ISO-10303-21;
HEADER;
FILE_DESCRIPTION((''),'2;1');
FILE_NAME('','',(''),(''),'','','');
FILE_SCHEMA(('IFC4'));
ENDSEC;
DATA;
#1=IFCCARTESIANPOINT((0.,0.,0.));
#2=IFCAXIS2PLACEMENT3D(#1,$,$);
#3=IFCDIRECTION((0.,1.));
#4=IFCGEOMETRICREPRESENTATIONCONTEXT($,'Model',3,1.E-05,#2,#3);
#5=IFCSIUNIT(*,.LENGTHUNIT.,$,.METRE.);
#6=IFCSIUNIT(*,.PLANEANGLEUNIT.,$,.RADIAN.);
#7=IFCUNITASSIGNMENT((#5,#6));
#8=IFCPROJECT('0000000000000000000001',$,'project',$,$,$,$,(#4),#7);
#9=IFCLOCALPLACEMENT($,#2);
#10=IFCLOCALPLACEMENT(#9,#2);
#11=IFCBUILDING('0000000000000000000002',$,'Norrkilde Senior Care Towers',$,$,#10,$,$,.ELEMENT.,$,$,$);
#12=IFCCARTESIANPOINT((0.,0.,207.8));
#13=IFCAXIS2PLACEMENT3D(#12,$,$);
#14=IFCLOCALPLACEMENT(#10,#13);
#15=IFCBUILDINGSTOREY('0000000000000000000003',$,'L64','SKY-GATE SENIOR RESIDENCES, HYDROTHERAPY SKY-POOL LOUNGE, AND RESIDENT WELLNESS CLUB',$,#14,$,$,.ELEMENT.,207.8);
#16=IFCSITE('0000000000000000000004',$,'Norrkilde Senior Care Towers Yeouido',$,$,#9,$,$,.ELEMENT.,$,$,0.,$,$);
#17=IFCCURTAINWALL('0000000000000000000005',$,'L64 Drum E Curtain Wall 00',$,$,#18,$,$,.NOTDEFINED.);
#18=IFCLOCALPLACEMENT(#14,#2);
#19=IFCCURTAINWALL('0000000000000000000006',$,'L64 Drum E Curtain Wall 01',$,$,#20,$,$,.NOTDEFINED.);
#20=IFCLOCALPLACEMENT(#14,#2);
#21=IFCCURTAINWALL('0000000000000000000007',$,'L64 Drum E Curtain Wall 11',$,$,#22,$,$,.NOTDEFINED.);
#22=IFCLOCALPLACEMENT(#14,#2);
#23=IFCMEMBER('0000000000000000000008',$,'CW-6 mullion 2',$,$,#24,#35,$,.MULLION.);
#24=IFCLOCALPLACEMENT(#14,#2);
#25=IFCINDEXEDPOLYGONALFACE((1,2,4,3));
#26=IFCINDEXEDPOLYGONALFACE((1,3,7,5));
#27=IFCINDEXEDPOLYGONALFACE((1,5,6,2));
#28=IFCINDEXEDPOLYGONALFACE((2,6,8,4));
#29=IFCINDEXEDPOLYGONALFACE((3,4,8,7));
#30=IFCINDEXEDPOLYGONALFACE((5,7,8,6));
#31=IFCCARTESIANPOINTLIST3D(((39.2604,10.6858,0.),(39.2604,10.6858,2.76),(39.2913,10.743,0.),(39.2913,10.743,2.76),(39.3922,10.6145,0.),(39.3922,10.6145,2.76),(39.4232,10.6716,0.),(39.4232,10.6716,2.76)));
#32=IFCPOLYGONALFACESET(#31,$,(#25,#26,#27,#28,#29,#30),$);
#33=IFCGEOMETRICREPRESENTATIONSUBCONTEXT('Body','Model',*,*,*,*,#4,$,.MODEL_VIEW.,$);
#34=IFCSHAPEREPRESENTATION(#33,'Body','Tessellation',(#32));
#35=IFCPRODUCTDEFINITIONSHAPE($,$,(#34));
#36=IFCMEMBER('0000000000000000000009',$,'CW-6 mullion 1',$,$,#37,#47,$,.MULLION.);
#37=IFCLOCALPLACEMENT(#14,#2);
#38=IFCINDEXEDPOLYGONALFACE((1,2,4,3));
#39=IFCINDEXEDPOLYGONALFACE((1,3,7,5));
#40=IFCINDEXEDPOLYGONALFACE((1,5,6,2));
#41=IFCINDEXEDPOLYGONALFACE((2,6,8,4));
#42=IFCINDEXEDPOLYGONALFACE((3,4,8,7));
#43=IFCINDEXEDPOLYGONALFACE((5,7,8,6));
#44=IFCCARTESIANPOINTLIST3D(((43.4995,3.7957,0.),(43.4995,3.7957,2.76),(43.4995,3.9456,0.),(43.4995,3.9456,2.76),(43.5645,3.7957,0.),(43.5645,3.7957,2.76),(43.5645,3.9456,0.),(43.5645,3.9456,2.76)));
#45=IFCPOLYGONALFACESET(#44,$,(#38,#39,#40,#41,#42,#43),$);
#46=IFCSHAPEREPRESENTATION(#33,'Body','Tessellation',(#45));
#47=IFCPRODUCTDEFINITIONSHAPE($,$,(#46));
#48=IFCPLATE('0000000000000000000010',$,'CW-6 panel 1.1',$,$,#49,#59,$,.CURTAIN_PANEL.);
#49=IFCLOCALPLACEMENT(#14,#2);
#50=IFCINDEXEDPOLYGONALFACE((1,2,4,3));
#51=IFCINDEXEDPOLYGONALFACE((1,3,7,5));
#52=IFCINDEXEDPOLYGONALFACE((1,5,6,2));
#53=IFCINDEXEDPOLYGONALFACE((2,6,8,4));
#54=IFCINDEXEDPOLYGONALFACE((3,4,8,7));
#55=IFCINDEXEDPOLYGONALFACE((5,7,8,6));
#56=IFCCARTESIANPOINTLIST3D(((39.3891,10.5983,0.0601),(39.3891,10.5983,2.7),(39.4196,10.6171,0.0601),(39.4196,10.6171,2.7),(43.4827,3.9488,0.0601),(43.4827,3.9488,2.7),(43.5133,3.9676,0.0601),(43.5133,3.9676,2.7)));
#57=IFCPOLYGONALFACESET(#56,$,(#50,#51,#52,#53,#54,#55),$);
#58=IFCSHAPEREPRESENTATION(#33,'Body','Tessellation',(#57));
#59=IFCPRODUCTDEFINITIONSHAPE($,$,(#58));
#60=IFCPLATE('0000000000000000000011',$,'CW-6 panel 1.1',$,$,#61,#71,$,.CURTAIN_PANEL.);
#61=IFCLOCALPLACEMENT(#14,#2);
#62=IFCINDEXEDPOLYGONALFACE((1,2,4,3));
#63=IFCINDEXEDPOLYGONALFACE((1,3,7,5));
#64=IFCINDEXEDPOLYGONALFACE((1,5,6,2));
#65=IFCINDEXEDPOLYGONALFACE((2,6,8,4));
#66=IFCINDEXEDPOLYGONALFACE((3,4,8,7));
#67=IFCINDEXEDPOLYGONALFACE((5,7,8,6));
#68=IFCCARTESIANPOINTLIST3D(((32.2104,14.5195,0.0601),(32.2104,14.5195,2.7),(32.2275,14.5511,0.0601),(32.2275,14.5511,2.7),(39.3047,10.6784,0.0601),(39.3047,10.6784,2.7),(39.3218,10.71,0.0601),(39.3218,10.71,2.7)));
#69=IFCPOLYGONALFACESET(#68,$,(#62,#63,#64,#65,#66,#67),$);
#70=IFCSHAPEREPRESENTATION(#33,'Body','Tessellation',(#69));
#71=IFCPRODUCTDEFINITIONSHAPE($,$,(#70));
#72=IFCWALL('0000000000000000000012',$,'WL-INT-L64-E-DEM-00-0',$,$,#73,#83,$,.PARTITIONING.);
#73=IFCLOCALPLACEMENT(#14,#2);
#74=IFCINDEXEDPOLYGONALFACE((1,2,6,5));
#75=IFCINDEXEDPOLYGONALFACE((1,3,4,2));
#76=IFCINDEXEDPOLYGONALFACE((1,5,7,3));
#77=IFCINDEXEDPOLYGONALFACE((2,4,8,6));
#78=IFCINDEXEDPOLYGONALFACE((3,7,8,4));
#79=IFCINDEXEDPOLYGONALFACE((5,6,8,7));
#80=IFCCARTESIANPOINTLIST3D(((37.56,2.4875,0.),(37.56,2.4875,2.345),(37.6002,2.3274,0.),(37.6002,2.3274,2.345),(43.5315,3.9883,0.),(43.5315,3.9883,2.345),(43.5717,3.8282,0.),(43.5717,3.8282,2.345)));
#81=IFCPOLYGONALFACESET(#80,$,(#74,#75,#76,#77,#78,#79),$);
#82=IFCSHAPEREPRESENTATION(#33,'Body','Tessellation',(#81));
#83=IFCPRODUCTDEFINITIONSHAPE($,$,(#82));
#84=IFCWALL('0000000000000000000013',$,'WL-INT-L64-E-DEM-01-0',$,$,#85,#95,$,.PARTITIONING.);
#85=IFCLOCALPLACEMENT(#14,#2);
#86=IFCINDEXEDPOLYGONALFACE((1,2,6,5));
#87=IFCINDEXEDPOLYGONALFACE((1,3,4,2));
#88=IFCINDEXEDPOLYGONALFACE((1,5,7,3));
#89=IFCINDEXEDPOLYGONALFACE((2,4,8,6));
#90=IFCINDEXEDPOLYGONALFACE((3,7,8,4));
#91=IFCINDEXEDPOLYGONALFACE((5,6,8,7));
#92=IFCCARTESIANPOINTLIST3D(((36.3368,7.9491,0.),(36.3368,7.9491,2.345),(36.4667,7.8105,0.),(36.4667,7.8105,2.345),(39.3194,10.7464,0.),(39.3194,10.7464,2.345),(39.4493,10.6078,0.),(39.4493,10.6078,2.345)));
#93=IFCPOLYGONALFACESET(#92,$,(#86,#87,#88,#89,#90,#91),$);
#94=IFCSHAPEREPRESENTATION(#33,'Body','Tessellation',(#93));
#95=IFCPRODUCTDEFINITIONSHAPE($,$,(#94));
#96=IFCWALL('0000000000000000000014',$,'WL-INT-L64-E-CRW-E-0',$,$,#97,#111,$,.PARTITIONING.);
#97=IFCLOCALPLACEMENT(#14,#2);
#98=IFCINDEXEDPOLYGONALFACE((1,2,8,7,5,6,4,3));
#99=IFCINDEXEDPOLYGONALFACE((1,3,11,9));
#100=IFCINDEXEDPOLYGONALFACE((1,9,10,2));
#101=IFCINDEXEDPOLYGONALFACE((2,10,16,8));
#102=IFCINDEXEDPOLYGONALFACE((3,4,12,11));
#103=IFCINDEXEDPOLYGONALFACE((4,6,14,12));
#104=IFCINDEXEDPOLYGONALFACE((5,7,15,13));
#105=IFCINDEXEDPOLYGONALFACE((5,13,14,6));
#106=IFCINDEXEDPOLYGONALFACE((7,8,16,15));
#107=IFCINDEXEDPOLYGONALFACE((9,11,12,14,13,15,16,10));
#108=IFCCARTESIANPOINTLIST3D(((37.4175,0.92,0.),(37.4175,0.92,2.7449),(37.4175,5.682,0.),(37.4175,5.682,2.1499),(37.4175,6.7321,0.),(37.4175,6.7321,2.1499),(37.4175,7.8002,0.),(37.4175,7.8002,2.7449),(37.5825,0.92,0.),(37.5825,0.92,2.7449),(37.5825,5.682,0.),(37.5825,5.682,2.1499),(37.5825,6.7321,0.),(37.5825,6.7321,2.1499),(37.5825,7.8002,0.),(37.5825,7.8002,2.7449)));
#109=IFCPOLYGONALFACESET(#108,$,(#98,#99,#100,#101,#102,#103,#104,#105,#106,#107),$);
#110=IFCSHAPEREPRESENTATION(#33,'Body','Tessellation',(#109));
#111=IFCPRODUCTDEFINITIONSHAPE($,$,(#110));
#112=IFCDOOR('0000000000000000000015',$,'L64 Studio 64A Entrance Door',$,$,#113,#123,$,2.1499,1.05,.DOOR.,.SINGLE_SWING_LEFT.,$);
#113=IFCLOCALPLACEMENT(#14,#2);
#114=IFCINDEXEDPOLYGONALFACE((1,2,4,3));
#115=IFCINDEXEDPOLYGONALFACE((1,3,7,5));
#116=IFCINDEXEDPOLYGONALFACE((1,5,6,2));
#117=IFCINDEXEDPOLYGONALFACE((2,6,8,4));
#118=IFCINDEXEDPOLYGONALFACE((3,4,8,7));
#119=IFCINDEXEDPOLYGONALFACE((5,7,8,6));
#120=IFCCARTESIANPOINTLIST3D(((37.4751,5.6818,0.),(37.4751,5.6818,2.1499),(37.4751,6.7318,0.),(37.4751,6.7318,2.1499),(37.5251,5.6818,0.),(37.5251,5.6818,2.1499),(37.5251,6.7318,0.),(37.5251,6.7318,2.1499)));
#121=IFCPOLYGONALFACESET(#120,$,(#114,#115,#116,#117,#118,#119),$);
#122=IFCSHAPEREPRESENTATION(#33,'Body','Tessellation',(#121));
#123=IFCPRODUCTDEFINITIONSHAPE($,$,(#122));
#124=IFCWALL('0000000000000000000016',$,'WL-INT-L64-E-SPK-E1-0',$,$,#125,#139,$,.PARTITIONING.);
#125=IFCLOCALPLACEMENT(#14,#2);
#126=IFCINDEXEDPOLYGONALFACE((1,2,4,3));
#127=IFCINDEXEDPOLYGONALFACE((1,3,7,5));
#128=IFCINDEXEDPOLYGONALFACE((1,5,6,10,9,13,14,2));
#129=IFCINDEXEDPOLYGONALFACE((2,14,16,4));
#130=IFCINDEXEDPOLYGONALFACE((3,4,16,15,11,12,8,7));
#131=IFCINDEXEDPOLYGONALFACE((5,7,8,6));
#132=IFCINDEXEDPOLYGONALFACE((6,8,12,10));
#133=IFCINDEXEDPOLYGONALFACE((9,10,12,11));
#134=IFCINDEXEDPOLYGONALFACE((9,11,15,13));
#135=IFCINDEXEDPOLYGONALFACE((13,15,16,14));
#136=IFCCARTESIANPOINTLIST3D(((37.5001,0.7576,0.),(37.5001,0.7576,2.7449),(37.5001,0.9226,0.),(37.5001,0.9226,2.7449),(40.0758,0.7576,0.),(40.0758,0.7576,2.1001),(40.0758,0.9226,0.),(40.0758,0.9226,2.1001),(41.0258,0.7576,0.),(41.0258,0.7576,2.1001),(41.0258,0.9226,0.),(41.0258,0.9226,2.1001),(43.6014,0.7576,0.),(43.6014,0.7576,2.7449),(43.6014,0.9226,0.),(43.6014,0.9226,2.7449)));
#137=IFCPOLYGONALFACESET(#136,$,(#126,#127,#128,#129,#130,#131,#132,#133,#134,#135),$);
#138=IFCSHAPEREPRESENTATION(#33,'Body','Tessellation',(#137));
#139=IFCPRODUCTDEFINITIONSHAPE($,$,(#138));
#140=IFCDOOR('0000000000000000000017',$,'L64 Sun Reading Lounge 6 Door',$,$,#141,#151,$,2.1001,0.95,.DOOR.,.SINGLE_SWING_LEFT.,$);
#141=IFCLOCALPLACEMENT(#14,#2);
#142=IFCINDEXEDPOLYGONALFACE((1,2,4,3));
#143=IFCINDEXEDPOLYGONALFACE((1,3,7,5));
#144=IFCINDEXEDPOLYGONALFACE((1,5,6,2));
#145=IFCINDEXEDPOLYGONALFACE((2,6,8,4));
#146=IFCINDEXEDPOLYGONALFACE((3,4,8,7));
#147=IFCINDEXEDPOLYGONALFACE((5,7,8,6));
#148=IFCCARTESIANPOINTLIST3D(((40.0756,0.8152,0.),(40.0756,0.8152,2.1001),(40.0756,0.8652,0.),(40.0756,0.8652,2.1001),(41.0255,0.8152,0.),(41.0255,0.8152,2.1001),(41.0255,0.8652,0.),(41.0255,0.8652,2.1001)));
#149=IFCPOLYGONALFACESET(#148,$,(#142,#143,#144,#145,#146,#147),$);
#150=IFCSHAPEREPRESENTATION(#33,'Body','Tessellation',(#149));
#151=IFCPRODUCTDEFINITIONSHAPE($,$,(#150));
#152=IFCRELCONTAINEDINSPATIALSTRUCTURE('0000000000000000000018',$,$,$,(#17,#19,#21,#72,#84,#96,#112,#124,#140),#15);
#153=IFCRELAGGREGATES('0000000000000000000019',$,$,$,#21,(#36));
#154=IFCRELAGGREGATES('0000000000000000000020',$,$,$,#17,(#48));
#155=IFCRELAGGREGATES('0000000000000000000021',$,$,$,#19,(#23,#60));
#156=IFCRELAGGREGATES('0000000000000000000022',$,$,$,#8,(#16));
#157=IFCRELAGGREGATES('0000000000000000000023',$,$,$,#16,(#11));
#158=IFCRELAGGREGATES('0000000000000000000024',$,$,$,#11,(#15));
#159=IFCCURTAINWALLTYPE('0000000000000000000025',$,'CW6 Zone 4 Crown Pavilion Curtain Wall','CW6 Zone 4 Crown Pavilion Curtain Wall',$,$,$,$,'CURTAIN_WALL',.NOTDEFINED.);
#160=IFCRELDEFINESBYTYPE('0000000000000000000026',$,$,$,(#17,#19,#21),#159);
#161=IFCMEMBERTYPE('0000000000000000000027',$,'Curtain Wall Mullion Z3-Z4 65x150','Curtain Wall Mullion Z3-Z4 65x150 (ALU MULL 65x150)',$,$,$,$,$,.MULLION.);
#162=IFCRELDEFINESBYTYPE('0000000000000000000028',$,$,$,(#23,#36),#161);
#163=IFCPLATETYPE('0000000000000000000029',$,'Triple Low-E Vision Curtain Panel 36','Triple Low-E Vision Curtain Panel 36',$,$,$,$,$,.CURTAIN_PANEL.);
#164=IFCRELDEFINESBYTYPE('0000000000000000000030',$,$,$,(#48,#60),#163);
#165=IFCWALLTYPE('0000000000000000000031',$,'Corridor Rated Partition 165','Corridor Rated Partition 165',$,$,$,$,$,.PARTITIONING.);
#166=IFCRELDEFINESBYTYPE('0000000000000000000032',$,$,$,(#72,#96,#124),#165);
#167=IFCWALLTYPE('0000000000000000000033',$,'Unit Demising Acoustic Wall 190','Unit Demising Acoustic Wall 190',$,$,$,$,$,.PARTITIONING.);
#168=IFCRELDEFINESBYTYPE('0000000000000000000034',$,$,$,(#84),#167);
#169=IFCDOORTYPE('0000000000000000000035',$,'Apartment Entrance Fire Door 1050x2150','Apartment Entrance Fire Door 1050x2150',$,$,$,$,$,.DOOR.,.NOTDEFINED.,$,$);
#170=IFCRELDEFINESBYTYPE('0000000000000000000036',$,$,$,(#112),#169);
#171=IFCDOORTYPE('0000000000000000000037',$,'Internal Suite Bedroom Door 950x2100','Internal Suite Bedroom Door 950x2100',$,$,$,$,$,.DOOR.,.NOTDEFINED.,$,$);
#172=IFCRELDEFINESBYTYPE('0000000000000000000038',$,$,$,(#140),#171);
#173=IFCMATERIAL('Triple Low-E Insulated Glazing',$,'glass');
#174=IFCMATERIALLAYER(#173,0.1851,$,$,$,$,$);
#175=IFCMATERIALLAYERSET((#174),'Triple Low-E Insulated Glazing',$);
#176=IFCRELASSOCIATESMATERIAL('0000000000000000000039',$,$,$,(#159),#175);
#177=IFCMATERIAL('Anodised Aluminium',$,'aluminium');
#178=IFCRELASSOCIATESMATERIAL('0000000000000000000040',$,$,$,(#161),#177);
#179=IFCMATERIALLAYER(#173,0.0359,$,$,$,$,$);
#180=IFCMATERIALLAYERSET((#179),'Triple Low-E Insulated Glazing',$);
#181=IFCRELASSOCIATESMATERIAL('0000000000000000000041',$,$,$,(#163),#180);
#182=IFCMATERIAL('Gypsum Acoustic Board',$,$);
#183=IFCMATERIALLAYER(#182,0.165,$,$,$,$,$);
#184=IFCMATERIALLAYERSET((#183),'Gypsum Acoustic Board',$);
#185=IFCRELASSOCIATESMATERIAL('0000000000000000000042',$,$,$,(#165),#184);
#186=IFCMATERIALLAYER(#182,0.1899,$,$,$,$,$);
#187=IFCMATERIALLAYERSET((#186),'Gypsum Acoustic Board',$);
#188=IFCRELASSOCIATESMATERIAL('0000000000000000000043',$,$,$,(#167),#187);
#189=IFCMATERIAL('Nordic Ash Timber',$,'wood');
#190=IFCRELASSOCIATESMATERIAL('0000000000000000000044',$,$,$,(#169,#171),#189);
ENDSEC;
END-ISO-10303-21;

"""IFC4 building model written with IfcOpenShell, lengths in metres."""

from ifc_helpers import new_model, si_unit, direction, frame, frame_2d, origin, origin_2d, place, context, subcontext, project, spatial, rectangle, extrude, source, transform, mapped, material, layer, layer_set, material_profile, profile_set, type_object, type_shapes, element, fill, aggregate, save


model = new_model("IFC4")

# Units and contexts
model_context = context("Model", 3, precision=1e-05, world=origin(), true_north=direction((0.0, 1.0)))
body_context = subcontext(model_context, "Body", "Model", "MODEL_VIEW")
ifc_project = project(units=[si_unit("LENGTHUNIT", "METRE"), si_unit("PLANEANGLEUNIT", "RADIAN")], contexts=[model_context])

# Site, building, storey
site_placement = place(None, origin())
site = spatial("IfcSite", under=ifc_project, at=site_placement, Name="Norrkilde Senior Care Towers Yeouido", CompositionType="ELEMENT", RefElevation=0.0)
building_placement = place(site_placement, origin())
building = spatial("IfcBuilding", under=site, at=building_placement, Name="Norrkilde Senior Care Towers", CompositionType="ELEMENT")
storey_placement = place(building_placement, frame((0.0, 0.0, 207.8)))
storey = spatial("IfcBuildingStorey", under=building, at=storey_placement, Name="L64", Description="SKY-GATE SENIOR RESIDENCES, HYDROTHERAPY SKY-POOL LOUNGE, AND RESIDENT WELLNESS CLUB", CompositionType="ELEMENT", Elevation=207.8)

# Curtain walls
ifc_material_1 = material(Name="Triple Low-E Insulated Glazing", Category="glass")
ifc_layer_1 = layer(ifc_material_1, 0.1851)
ifc_layer_set_1 = layer_set([ifc_layer_1], Name="Triple Low-E Insulated Glazing")
curtain_wall_type = type_object("IfcCurtainWallType", Name="CW6 Zone 4 Crown Pavilion Curtain Wall", Description="CW6 Zone 4 Crown Pavilion Curtain Wall", ElementType="CURTAIN_WALL", PredefinedType="NOTDEFINED", material=ifc_layer_set_1)
curtain_wall_1_placement = place(storey_placement, origin())
curtain_wall_1 = element("IfcCurtainWall", 1, at=curtain_wall_1_placement, inside=storey, type_object=curtain_wall_type, Name="L64 Drum E Curtain Wall 00", PredefinedType="NOTDEFINED")
ifc_material_2 = material(Name="Anodised Aluminium", Category="aluminium")
curtain_wall_2_placement = place(storey_placement, origin())
curtain_wall_2 = element("IfcCurtainWall", 2, at=curtain_wall_2_placement, inside=storey, type_object=curtain_wall_type, Name="L64 Drum E Curtain Wall 01", PredefinedType="NOTDEFINED")
curtain_wall_3_placement = place(storey_placement, origin())
curtain_wall_3 = element("IfcCurtainWall", 3, at=curtain_wall_3_placement, inside=storey, type_object=curtain_wall_type, Name="L64 Drum E Curtain Wall 11", PredefinedType="NOTDEFINED")

# Members
ifc_material_profile_1 = material_profile(ifc_material_2, rectangle(XDim=0.0649, YDim=0.1499, at=origin_2d()), Name="ALU MULL 65x150")
ifc_profile_set_1 = profile_set([ifc_material_profile_1], Name="Anodised Aluminium")
member_type_1 = type_object("IfcMemberType", Name="Curtain Wall Mullion Z3-Z4 65x150", Description="Curtain Wall Mullion Z3-Z4 65x150 (ALU MULL 65x150)", PredefinedType="MULLION", material=ifc_profile_set_1)
shared_shape_1 = source(origin(), body_context, "Body", "SweptSolid", [
    extrude(rectangle(XDim=0.0649, YDim=0.1499, at=origin_2d()), origin(), (0.0, 0.0, 1.0), 2.76),
])
type_shapes(member_type_1, [shared_shape_1])
member_1_placement = place(storey_placement, frame((39.3418, 10.6787, 0.0), z_axis=(0.0, 0.0, 1.0), x_axis=(0.476133, 0.879373, 0.0)))
member_1 = element("IfcMember", 4, at=member_1_placement, type_object=member_type_1, Name="CW-6 mullion 2", PredefinedType="MULLION", context=body_context, shape_type="MappedRepresentation", body=[
    mapped(shared_shape_1, transform((0.0, 0.0, 0.0), x_axis=(1.0, 0.0, 0.0), y_axis=(0.0, 1.0, 0.0), z_axis=(0.0, 0.0, 1.0), scale=1.0)),
])
member_2_placement = place(storey_placement, frame((43.532, 3.8706, 0.0), z_axis=(0.0, 0.0, 1.0), x_axis=(1.0, 0.0, 0.0)))
member_2 = element("IfcMember", 5, at=member_2_placement, type_object=member_type_1, Name="CW-6 mullion 1", PredefinedType="MULLION", context=body_context, shape_type="MappedRepresentation", body=[
    mapped(shared_shape_1, transform((0.0, 0.0, 0.0), x_axis=(1.0, 0.0, 0.0), y_axis=(0.0, 1.0, 0.0), z_axis=(0.0, 0.0, 1.0), scale=1.0)),
])
aggregate(curtain_wall_3, [member_2])

# Plates
ifc_layer_2 = layer(ifc_material_1, 0.0359)
ifc_layer_set_2 = layer_set([ifc_layer_2], Name="Triple Low-E Insulated Glazing")
plate_type = type_object("IfcPlateType", Name="Triple Low-E Vision Curtain Panel 36", Description="Triple Low-E Vision Curtain Panel 36", PredefinedType="CURTAIN_PANEL", material=ifc_layer_set_2)
shared_shape_2 = source(origin(), body_context, "Body", "SweptSolid", [
    extrude(rectangle(XDim=7.8086, YDim=0.0359, at=origin_2d()), origin(), (0.0, 0.0, 1.0), 2.6399),
])
plate_1_placement = place(storey_placement, frame((41.4512, 7.283, 0.0601), z_axis=(0.0, 0.0, 1.0), x_axis=(0.524253, -0.851563, 0.0)))
plate_1 = element("IfcPlate", 6, at=plate_1_placement, type_object=plate_type, Name="CW-6 panel 1.1", PredefinedType="CURTAIN_PANEL", context=body_context, shape_type="MappedRepresentation", body=[
    mapped(shared_shape_2, transform((0.0, 0.0, 0.0), x_axis=(1.0, 0.0, 0.0), y_axis=(0.0, 1.0, 0.0), z_axis=(0.0, 0.0, 1.0), scale=1.0)),
])
aggregate(curtain_wall_1, [plate_1])
shared_shape_3 = source(origin(), body_context, "Body", "SweptSolid", [
    extrude(rectangle(XDim=8.0674, YDim=0.0359, at=origin_2d()), origin(), (0.0, 0.0, 1.0), 2.6399),
])
type_shapes(plate_type, [shared_shape_2, shared_shape_3])
plate_2_placement = place(storey_placement, frame((35.7661, 12.6147, 0.0601), z_axis=(0.0, 0.0, 1.0), x_axis=(0.879373, -0.476133, 0.0)))
plate_2 = element("IfcPlate", 7, at=plate_2_placement, type_object=plate_type, Name="CW-6 panel 1.1", PredefinedType="CURTAIN_PANEL", context=body_context, shape_type="MappedRepresentation", body=[
    mapped(shared_shape_3, transform((0.0, 0.0, 0.0), x_axis=(1.0, 0.0, 0.0), y_axis=(0.0, 1.0, 0.0), z_axis=(0.0, 0.0, 1.0), scale=1.0)),
])
aggregate(curtain_wall_2, [member_1, plate_2])

# Walls
ifc_material_3 = material(Name="Gypsum Acoustic Board")
ifc_layer_3 = layer(ifc_material_3, 0.165)
ifc_layer_set_3 = layer_set([ifc_layer_3], Name="Gypsum Acoustic Board")
wall_type_1 = type_object("IfcWallType", Name="Corridor Rated Partition 165", Description="Corridor Rated Partition 165", PredefinedType="PARTITIONING", material=ifc_layer_set_3)
shared_shape_4 = source(origin(), body_context, "Body", "SweptSolid", [
    extrude(rectangle(XDim=6.1572, YDim=0.165, at=frame_2d((3.0786, 0.0))), origin(), (0.0, 0.0, 1.0), 2.345),
])
wall_1_placement = place(storey_placement, frame((37.5801, 2.4075, 0.0), z_axis=(0.0, 0.0, 1.0), x_axis=(0.969841, 0.243739, 0.0)))
element("IfcWall", 8, at=wall_1_placement, inside=storey, type_object=wall_type_1, Name="WL-INT-L64-E-DEM-00-0", PredefinedType="PARTITIONING", context=body_context, shape_type="MappedRepresentation", body=[
    mapped(shared_shape_4, transform((0.0, 0.0, 0.0), x_axis=(1.0, 0.0, 0.0), y_axis=(0.0, 1.0, 0.0), z_axis=(0.0, 0.0, 1.0), scale=1.0)),
])
ifc_layer_4 = layer(ifc_material_3, 0.1899)
ifc_layer_set_4 = layer_set([ifc_layer_4], Name="Gypsum Acoustic Board")
wall_type_2 = type_object("IfcWallType", Name="Unit Demising Acoustic Wall 190", Description="Unit Demising Acoustic Wall 190", PredefinedType="PARTITIONING", material=ifc_layer_set_4)
shared_shape_5 = source(origin(), body_context, "Body", "SweptSolid", [
    extrude(rectangle(XDim=4.0891, YDim=0.1899, at=frame_2d((2.0444, 0.0))), origin(), (0.0, 0.0, 1.0), 2.345),
])
type_shapes(wall_type_2, [shared_shape_5])
wall_2_placement = place(storey_placement, frame((36.4019, 7.8799, 0.0), z_axis=(0.0, 0.0, 1.0), x_axis=(0.729401, 0.684086, 0.0)))
element("IfcWall", 9, at=wall_2_placement, inside=storey, type_object=wall_type_2, Name="WL-INT-L64-E-DEM-01-0", PredefinedType="PARTITIONING", context=body_context, shape_type="MappedRepresentation", body=[
    mapped(shared_shape_5, transform((0.0, 0.0, 0.0), x_axis=(1.0, 0.0, 0.0), y_axis=(0.0, 1.0, 0.0), z_axis=(0.0, 0.0, 1.0), scale=1.0)),
])

# Walls, openings, doors
shared_shape_6 = source(origin(), body_context, "Body", "SweptSolid", [
    extrude(rectangle(XDim=6.8801, YDim=0.165, at=frame_2d((3.4399, 0.0))), origin(), (0.0, 0.0, 1.0), 2.7449),
])
wall_3_placement = place(storey_placement, frame((37.5, 7.8, 0.0), z_axis=(0.0, 0.0, 1.0), x_axis=(0.0, -1.0, 0.0)))
wall_3 = element("IfcWall", 10, at=wall_3_placement, inside=storey, type_object=wall_type_1, Name="WL-INT-L64-E-CRW-E-0", PredefinedType="PARTITIONING", context=body_context, shape_type="MappedRepresentation", body=[
    mapped(shared_shape_6, transform((0.0, 0.0, 0.0), x_axis=(1.0, 0.0, 0.0), y_axis=(0.0, 1.0, 0.0), z_axis=(0.0, 0.0, 1.0), scale=1.0)),
])
opening_1_placement = place(wall_3_placement, frame((1.0681, 0.0, 0.0)))
opening_1 = element("IfcOpeningElement", 11, at=opening_1_placement, cuts=wall_3, PredefinedType="OPENING", context=body_context, shape_type="SweptSolid", body=[
    extrude(rectangle(XDim=1.05, YDim=2.1499, at=frame_2d((0.5249, 1.075))), frame((0.0, 0.0925, 0.0), z_axis=(0.0, -1.0, 0.0), x_axis=(1.0, 0.0, 0.0)), (0.0, 0.0, 1.0), 0.1851),
])
ifc_material_4 = material(Name="Nordic Ash Timber", Category="wood")
door_type_1 = type_object("IfcDoorType", Name="Apartment Entrance Fire Door 1050x2150", Description="Apartment Entrance Fire Door 1050x2150", OperationType="NOTDEFINED", PredefinedType="DOOR", material=ifc_material_4)
shared_shape_7 = source(origin(), body_context, "Body", "SweptSolid", [
    extrude(rectangle(XDim=1.05, YDim=2.1499, at=frame_2d((0.5249, 1.075))), frame((0.0, 0.0249, 0.0), z_axis=(0.0, -1.0, 0.0), x_axis=(1.0, 0.0, 0.0)), (0.0, 0.0, 1.0), 0.05),
])
type_shapes(door_type_1, [shared_shape_7])
door_1_placement = place(opening_1_placement, frame((1.05, 0.0, 0.0), z_axis=(0.0, 0.0, 1.0), x_axis=(-1.0, 0.0, 0.0)))
door_1 = element("IfcDoor", 12, at=door_1_placement, inside=storey, type_object=door_type_1, Name="L64 Studio 64A Entrance Door", OperationType="SINGLE_SWING_LEFT", OverallHeight=2.1499, OverallWidth=1.05, PredefinedType="DOOR", context=body_context, shape_type="MappedRepresentation", body=[
    mapped(shared_shape_7, transform((0.0, 0.0, 0.0), x_axis=(1.0, 0.0, 0.0), y_axis=(0.0, 1.0, 0.0), z_axis=(0.0, 0.0, 1.0), scale=1.0)),
])
fill(opening_1, door_1)
shared_shape_8 = source(origin(), body_context, "Body", "SweptSolid", [
    extrude(rectangle(XDim=6.1013, YDim=0.165, at=frame_2d((3.0508, 0.0))), origin(), (0.0, 0.0, 1.0), 2.7449),
])
type_shapes(wall_type_1, [shared_shape_4, shared_shape_6, shared_shape_8])
wall_4_placement = place(storey_placement, frame((37.5, 0.8401, 0.0), z_axis=(0.0, 0.0, 1.0), x_axis=(1.0, 0.0, 0.0)))
wall_4 = element("IfcWall", 13, at=wall_4_placement, inside=storey, type_object=wall_type_1, Name="WL-INT-L64-E-SPK-E1-0", PredefinedType="PARTITIONING", context=body_context, shape_type="MappedRepresentation", body=[
    mapped(shared_shape_8, transform((0.0, 0.0, 0.0), x_axis=(1.0, 0.0, 0.0), y_axis=(0.0, 1.0, 0.0), z_axis=(0.0, 0.0, 1.0), scale=1.0)),
])
opening_2_placement = place(wall_4_placement, frame((2.5757, 0.0, 0.0)))
opening_2 = element("IfcOpeningElement", 14, at=opening_2_placement, cuts=wall_4, PredefinedType="OPENING", context=body_context, shape_type="SweptSolid", body=[
    extrude(rectangle(XDim=0.95, YDim=2.1001, at=frame_2d((0.4751, 1.05))), frame((0.0, 0.0925, 0.0), z_axis=(0.0, -1.0, 0.0), x_axis=(1.0, 0.0, 0.0)), (0.0, 0.0, 1.0), 0.1851),
])
door_type_2 = type_object("IfcDoorType", Name="Internal Suite Bedroom Door 950x2100", Description="Internal Suite Bedroom Door 950x2100", OperationType="NOTDEFINED", PredefinedType="DOOR", material=ifc_material_4)
shared_shape_9 = source(origin(), body_context, "Body", "SweptSolid", [
    extrude(rectangle(XDim=0.95, YDim=2.1001, at=frame_2d((0.4751, 1.05))), frame((0.0, 0.0249, 0.0), z_axis=(0.0, -1.0, 0.0), x_axis=(1.0, 0.0, 0.0)), (0.0, 0.0, 1.0), 0.05),
])
type_shapes(door_type_2, [shared_shape_9])
door_2_placement = place(opening_2_placement, frame((0.95, 0.0, 0.0), z_axis=(0.0, 0.0, 1.0), x_axis=(-1.0, 0.0, 0.0)))
door_2 = element("IfcDoor", 15, at=door_2_placement, inside=storey, type_object=door_type_2, Name="L64 Sun Reading Lounge 6 Door", OperationType="SINGLE_SWING_LEFT", OverallHeight=2.1001, OverallWidth=0.95, PredefinedType="DOOR", context=body_context, shape_type="MappedRepresentation", body=[
    mapped(shared_shape_9, transform((0.0, 0.0, 0.0), x_axis=(1.0, 0.0, 0.0), y_axis=(0.0, 1.0, 0.0), z_axis=(0.0, 0.0, 1.0), scale=1.0)),
])
fill(opening_2, door_2)

save(model, "model.ifc")
